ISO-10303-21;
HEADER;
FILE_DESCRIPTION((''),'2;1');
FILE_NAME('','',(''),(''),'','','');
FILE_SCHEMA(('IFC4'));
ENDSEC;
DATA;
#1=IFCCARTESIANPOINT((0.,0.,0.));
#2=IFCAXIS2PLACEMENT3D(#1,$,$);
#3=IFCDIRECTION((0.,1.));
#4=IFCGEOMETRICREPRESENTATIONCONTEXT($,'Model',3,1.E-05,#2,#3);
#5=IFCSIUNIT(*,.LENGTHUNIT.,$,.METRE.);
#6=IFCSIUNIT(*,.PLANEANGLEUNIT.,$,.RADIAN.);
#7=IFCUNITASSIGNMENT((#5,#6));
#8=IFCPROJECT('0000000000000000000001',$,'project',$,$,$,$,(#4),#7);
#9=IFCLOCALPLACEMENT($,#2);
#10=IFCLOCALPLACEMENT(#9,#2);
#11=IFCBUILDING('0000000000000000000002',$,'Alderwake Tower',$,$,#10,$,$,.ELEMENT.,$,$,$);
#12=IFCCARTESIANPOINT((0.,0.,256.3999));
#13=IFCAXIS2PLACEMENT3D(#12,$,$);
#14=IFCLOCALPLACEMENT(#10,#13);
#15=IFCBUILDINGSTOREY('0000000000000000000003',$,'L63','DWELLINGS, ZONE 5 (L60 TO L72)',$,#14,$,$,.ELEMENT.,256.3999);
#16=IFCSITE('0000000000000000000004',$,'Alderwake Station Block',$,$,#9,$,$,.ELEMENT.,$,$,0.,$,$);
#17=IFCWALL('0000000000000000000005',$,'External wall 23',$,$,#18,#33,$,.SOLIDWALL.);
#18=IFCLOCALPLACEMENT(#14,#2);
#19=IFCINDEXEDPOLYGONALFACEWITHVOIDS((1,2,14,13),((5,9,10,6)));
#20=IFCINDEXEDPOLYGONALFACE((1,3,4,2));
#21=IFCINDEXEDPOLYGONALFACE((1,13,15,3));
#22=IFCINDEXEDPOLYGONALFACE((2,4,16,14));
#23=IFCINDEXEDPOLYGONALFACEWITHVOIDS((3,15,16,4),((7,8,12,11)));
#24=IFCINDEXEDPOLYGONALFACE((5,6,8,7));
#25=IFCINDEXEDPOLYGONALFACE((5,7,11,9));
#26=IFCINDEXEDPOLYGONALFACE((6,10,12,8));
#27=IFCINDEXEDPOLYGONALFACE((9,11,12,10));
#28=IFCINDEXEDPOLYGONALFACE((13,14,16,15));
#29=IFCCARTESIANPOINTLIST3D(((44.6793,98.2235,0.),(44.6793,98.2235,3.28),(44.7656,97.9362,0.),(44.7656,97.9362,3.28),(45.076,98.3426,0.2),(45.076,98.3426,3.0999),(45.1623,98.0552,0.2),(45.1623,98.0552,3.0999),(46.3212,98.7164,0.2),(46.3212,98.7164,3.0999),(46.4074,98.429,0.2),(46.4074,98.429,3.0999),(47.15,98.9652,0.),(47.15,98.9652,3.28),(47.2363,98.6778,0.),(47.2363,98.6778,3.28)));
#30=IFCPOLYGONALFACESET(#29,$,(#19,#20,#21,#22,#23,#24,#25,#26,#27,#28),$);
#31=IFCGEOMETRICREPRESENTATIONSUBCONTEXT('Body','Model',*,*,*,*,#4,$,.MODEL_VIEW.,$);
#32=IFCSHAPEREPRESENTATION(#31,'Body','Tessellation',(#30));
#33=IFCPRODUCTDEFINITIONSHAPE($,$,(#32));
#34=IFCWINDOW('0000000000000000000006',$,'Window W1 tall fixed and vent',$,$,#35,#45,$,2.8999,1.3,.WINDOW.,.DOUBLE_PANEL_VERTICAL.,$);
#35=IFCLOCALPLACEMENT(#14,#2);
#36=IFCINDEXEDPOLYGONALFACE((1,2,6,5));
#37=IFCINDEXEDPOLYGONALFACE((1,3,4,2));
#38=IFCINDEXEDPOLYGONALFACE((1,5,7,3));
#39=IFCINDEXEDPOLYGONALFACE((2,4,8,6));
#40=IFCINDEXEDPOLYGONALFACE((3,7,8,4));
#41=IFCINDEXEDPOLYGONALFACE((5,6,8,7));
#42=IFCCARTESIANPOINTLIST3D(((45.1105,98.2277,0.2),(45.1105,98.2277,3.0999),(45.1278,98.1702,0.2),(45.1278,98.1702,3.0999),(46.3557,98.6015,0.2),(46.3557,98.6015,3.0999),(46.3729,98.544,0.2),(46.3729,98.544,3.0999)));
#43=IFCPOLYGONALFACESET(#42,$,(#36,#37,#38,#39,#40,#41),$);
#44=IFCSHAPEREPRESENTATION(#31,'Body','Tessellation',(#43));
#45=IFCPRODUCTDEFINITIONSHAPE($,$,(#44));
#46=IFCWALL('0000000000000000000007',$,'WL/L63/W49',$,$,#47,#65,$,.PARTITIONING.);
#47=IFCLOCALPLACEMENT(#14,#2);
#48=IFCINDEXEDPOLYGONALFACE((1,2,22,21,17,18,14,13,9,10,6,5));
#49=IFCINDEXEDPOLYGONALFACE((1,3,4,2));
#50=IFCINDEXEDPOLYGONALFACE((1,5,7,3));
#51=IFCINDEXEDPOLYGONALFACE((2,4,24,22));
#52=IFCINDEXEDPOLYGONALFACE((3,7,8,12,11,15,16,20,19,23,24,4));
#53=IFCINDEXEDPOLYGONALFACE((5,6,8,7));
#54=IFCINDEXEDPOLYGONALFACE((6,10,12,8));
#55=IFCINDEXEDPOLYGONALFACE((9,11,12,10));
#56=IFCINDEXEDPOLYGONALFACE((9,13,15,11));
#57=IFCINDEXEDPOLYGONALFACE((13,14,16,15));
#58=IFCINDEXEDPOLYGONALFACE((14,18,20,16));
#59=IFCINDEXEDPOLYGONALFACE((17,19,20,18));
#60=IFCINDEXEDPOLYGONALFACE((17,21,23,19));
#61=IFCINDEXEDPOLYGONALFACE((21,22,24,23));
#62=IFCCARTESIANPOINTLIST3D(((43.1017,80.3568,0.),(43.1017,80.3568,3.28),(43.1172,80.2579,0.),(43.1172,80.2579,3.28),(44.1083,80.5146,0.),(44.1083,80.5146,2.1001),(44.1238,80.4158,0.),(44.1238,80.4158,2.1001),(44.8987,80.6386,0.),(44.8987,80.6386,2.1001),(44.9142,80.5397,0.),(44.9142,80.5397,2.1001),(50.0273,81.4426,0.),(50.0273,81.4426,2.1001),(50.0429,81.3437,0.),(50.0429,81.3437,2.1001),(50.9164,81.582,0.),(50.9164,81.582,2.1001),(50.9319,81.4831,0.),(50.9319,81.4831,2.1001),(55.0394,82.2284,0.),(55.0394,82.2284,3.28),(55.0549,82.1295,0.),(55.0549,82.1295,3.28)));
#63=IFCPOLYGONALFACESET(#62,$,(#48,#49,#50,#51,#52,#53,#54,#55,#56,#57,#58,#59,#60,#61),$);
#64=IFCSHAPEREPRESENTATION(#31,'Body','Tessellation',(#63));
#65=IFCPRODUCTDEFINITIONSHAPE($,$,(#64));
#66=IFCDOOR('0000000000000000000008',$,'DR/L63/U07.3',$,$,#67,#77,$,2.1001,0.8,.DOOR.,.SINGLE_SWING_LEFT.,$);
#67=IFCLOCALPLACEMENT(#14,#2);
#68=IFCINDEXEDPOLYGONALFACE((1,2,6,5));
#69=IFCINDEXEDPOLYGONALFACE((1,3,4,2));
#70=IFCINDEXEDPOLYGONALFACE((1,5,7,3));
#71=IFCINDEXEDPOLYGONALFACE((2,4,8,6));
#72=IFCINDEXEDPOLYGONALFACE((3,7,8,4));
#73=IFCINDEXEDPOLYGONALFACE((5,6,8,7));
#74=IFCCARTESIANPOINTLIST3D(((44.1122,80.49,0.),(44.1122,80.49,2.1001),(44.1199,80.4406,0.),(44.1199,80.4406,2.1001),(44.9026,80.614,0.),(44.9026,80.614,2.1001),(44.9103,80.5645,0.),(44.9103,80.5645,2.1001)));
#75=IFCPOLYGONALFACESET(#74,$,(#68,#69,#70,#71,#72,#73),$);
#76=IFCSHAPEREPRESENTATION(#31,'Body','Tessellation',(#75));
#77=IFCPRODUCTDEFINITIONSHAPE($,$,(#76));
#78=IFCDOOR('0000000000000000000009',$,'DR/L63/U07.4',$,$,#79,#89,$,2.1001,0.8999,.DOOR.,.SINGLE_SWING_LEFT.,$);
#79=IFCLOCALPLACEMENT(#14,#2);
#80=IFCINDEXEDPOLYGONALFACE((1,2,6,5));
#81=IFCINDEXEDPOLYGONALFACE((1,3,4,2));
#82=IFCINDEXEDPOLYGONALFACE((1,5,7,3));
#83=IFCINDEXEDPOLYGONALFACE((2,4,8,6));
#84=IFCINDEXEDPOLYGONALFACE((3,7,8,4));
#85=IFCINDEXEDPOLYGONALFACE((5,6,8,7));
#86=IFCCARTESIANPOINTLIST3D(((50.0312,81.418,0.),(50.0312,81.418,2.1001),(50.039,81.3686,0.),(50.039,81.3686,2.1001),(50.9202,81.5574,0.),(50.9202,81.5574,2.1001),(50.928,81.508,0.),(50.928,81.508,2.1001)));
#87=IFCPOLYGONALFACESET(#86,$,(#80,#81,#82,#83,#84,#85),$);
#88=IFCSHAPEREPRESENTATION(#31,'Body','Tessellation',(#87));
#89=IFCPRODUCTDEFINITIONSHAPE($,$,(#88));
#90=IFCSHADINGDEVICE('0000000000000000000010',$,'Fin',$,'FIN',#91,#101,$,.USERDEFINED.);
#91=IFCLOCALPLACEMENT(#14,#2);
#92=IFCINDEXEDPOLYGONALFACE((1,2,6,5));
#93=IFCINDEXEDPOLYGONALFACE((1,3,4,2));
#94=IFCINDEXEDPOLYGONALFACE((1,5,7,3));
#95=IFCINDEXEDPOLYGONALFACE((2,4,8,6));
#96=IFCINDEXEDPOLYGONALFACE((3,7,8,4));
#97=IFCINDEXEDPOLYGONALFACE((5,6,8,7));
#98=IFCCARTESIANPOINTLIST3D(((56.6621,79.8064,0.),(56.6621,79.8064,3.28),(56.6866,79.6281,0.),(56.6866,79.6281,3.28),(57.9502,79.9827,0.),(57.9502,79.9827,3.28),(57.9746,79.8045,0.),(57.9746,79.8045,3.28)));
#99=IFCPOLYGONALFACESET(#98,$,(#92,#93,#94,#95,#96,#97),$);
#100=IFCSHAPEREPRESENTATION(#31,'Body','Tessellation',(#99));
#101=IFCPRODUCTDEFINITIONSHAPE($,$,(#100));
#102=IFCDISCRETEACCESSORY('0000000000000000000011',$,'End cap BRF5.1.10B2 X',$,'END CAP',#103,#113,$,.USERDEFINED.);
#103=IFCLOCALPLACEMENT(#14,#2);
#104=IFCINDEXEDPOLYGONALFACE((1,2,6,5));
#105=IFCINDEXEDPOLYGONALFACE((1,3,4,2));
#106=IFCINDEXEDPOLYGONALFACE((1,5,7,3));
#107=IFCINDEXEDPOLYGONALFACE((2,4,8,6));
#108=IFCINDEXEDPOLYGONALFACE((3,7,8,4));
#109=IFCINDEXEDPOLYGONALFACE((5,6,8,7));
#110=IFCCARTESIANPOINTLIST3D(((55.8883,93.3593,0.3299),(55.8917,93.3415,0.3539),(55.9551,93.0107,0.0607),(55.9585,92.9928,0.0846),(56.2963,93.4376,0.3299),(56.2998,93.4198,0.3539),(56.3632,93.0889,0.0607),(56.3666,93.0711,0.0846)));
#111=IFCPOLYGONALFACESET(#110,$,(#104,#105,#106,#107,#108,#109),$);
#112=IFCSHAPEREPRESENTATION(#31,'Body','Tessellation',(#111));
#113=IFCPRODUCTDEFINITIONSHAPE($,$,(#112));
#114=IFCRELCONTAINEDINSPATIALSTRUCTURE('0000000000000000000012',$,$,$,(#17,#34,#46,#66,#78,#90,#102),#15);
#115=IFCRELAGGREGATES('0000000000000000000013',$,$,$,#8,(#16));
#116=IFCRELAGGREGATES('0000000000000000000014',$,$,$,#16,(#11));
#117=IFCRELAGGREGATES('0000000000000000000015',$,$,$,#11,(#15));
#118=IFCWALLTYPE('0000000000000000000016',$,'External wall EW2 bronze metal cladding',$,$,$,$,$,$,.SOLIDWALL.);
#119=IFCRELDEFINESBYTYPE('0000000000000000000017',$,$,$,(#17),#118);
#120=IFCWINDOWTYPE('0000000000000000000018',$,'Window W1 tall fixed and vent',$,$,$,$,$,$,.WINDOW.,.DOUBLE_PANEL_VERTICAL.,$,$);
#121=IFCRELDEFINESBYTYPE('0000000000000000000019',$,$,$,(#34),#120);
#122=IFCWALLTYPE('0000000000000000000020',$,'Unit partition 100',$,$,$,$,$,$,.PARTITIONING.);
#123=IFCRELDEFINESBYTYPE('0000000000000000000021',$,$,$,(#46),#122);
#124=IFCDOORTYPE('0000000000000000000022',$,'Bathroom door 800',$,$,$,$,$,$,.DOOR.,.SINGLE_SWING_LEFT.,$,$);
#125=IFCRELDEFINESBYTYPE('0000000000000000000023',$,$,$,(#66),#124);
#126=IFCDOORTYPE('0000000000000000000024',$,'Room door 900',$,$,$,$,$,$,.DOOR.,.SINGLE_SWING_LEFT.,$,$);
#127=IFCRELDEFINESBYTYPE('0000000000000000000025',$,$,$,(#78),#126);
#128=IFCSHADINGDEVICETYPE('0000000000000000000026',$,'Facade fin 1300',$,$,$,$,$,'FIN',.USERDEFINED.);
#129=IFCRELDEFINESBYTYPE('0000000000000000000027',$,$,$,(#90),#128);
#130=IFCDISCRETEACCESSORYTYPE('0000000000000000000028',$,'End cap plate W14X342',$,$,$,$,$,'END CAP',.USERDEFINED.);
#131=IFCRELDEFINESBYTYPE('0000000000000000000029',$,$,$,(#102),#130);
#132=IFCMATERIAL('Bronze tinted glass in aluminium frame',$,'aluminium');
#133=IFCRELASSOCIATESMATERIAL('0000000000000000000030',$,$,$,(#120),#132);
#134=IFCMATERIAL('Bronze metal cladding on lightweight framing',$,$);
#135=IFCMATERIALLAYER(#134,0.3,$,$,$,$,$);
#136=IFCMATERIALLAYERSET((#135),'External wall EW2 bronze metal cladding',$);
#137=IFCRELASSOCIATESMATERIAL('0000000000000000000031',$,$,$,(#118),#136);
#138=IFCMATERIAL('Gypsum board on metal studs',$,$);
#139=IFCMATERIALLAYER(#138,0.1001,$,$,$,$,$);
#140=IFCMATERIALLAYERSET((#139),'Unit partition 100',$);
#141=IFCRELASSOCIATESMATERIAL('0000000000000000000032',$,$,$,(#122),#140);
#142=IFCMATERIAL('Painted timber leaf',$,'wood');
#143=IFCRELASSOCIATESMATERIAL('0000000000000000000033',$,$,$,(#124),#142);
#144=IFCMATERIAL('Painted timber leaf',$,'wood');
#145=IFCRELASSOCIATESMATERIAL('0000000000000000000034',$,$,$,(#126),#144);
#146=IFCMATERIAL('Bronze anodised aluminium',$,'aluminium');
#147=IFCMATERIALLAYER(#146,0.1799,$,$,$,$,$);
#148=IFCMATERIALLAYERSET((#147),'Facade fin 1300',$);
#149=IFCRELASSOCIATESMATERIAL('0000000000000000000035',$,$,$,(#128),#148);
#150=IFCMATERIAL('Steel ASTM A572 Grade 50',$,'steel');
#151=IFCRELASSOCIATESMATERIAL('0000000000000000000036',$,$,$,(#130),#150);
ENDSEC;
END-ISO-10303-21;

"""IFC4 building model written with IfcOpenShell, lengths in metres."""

from ifc_helpers import new_model, si_unit, direction, frame, frame_2d, origin, origin_2d, place, context, subcontext, project, spatial, rectangle, extrude, material, layer, layer_set, material_profile, profile_set, type_object, element, fill, save


model = new_model("IFC4")

# Units and contexts
model_context = context("Model", 3, precision=1e-05, world=origin(), true_north=direction((0.0, 1.0)))
body_context = subcontext(model_context, "Body", "Model", "MODEL_VIEW")
ifc_project = project(units=[si_unit("LENGTHUNIT", "METRE"), si_unit("PLANEANGLEUNIT", "RADIAN")], contexts=[model_context])

# Site, building, storey
site_placement = place(None, origin())
site = spatial("IfcSite", under=ifc_project, at=site_placement, Name="Alderwake Station Block", CompositionType="ELEMENT", RefElevation=0.0)
building_placement = place(site_placement, origin())
building = spatial("IfcBuilding", under=site, at=building_placement, Name="Alderwake Tower", CompositionType="ELEMENT")
storey_placement = place(building_placement, frame((0.0, 0.0, 256.3999)))
storey = spatial("IfcBuildingStorey", under=building, at=storey_placement, Name="L63", Description="DWELLINGS, ZONE 5 (L60 TO L72)", CompositionType="ELEMENT", Elevation=256.3999)

# Shared definitions
ifc_material_1 = material(Name="Bronze tinted glass in aluminium frame", Category="aluminium")
window_type = type_object("IfcWindowType", Name="Window W1 tall fixed and vent", PartitioningType="DOUBLE_PANEL_VERTICAL", PredefinedType="WINDOW", material=ifc_material_1)

# Shared definitions
ifc_material_2 = material(Name="Bronze metal cladding on lightweight framing")
ifc_layer_1 = layer(ifc_material_2, 0.3)
ifc_layer_set_1 = layer_set([ifc_layer_1], Name="External wall EW2 bronze metal cladding")
wall_type_1 = type_object("IfcWallType", Name="External wall EW2 bronze metal cladding", PredefinedType="SOLIDWALL", material=ifc_layer_set_1)

# Wall, opening, window
wall_1_placement = place(storey_placement, frame((47.1931, 98.8215, 0.0), z_axis=(0.0, 0.0, 1.0), x_axis=(-0.957774, -0.287522, 0.0)))
wall_1 = element("IfcWall", 1, at=wall_1_placement, inside=storey, type_object=wall_type_1, Name="External wall 23", PredefinedType="SOLIDWALL", context=body_context, shape_type="SweptSolid", body=[
    extrude(rectangle(XDim=2.5796, YDim=0.3, at=frame_2d((1.2898, 0.0))), origin(), (0.0, 0.0, 1.0), 3.28),
])
opening_1_placement = place(wall_1_placement, frame((0.8655, 0.0, 0.2)))
opening_1 = element("IfcOpeningElement", 2, at=opening_1_placement, cuts=wall_1, PredefinedType="OPENING", context=body_context, shape_type="SweptSolid", body=[
    extrude(rectangle(XDim=1.3, YDim=2.8999, at=frame_2d((0.6499, 1.45))), frame((0.0, 0.1599, 0.0), z_axis=(0.0, -1.0, 0.0), x_axis=(1.0, 0.0, 0.0)), (0.0, 0.0, 1.0), 0.3201),
])
window_1_placement = place(opening_1_placement, origin())
window_1 = element("IfcWindow", 3, at=window_1_placement, inside=storey, type_object=window_type, Name="Window W1 tall fixed and vent", OverallHeight=2.8999, OverallWidth=1.3, PartitioningType="DOUBLE_PANEL_VERTICAL", PredefinedType="WINDOW", context=body_context, shape_type="SweptSolid", body=[
    extrude(rectangle(XDim=1.3, YDim=2.8999, at=frame_2d((0.6499, 1.45))), frame((0.0, 0.03, 0.0), z_axis=(0.0, -1.0, 0.0), x_axis=(1.0, 0.0, 0.0)), (0.0, 0.0, 1.0), 0.0601),
])
fill(opening_1, window_1)

# Wall, openings, doors
ifc_material_3 = material(Name="Gypsum board on metal studs")
ifc_layer_2 = layer(ifc_material_3, 0.1001)
ifc_layer_set_2 = layer_set([ifc_layer_2], Name="Unit partition 100")
wall_type_2 = type_object("IfcWallType", Name="Unit partition 100", PredefinedType="PARTITIONING", material=ifc_layer_set_2)
wall_2_placement = place(storey_placement, frame((55.0471, 82.179, 0.0), z_axis=(0.0, 0.0, 1.0), x_axis=(-0.987932, -0.154887, 0.0)))
wall_2 = element("IfcWall", 4, at=wall_2_placement, inside=storey, type_object=wall_type_2, Name="WL/L63/W49", PredefinedType="PARTITIONING", context=body_context, shape_type="SweptSolid", body=[
    extrude(rectangle(XDim=12.0835, YDim=0.1001, at=frame_2d((6.0417, 0.0))), origin(), (0.0, 0.0, 1.0), 3.28),
])
opening_2_placement = place(wall_2_placement, frame((10.2646, 0.0, 0.0)))
opening_2 = element("IfcOpeningElement", 5, at=opening_2_placement, cuts=wall_2, PredefinedType="OPENING", context=body_context, shape_type="SweptSolid", body=[
    extrude(rectangle(XDim=0.8, YDim=2.1001, at=frame_2d((0.3999, 1.05))), frame((0.0, 0.0601, 0.0), z_axis=(0.0, -1.0, 0.0), x_axis=(1.0, 0.0, 0.0)), (0.0, 0.0, 1.0), 0.1201),
])
opening_3_placement = place(wall_2_placement, frame((4.1733, 0.0, 0.0)))
opening_3 = element("IfcOpeningElement", 6, at=opening_3_placement, cuts=wall_2, PredefinedType="OPENING", context=body_context, shape_type="SweptSolid", body=[
    extrude(rectangle(XDim=0.8999, YDim=2.1001, at=frame_2d((0.45, 1.05))), frame((0.0, 0.0601, 0.0), z_axis=(0.0, -1.0, 0.0), x_axis=(1.0, 0.0, 0.0)), (0.0, 0.0, 1.0), 0.1201),
])
ifc_material_4 = material(Name="Painted timber leaf", Category="wood")
door_type_1 = type_object("IfcDoorType", Name="Bathroom door 800", OperationType="SINGLE_SWING_LEFT", PredefinedType="DOOR", material=ifc_material_4)
door_1_placement = place(opening_2_placement, origin())
door_1 = element("IfcDoor", 7, at=door_1_placement, inside=storey, type_object=door_type_1, Name="DR/L63/U07.3", OperationType="SINGLE_SWING_LEFT", OverallHeight=2.1001, OverallWidth=0.8, PredefinedType="DOOR", context=body_context, shape_type="SweptSolid", body=[
    extrude(rectangle(XDim=0.8, YDim=2.1001, at=frame_2d((0.3999, 1.05))), frame((0.0, 0.0249, 0.0), z_axis=(0.0, -1.0, 0.0), x_axis=(1.0, 0.0, 0.0)), (0.0, 0.0, 1.0), 0.05),
])
fill(opening_2, door_1)
ifc_material_5 = material(Name="Painted timber leaf", Category="wood")
door_type_2 = type_object("IfcDoorType", Name="Room door 900", OperationType="SINGLE_SWING_LEFT", PredefinedType="DOOR", material=ifc_material_5)
door_2_placement = place(opening_3_placement, origin())
door_2 = element("IfcDoor", 8, at=door_2_placement, inside=storey, type_object=door_type_2, Name="DR/L63/U07.4", OperationType="SINGLE_SWING_LEFT", OverallHeight=2.1001, OverallWidth=0.8999, PredefinedType="DOOR", context=body_context, shape_type="SweptSolid", body=[
    extrude(rectangle(XDim=0.8999, YDim=2.1001, at=frame_2d((0.45, 1.05))), frame((0.0, 0.0249, 0.0), z_axis=(0.0, -1.0, 0.0), x_axis=(1.0, 0.0, 0.0)), (0.0, 0.0, 1.0), 0.05),
])
fill(opening_3, door_2)

# Shading device
ifc_material_6 = material(Name="Bronze anodised aluminium", Category="aluminium")
ifc_layer_3 = layer(ifc_material_6, 0.1799)
ifc_layer_set_3 = layer_set([ifc_layer_3], Name="Facade fin 1300")
shading_device_type = type_object("IfcShadingDeviceType", Name="Facade fin 1300", ElementType="FIN", PredefinedType="USERDEFINED", material=ifc_layer_set_3)
shading_device_placement = place(storey_placement, frame((57.3184, 79.8054, 0.0), z_axis=(0.0, 0.0, 1.0), x_axis=(0.990753, 0.135681, 0.0)))
element("IfcShadingDevice", 9, at=shading_device_placement, inside=storey, type_object=shading_device_type, Name="Fin", ObjectType="FIN", PredefinedType="USERDEFINED", context=body_context, shape_type="SweptSolid", body=[
    extrude(rectangle(XDim=1.3, YDim=0.1799, at=origin_2d()), origin(), (0.0, 0.0, 1.0), 3.28),
])

# Discrete accessory
ifc_material_7 = material(Name="Steel ASTM A572 Grade 50", Category="steel")
ifc_material_profile_1 = material_profile(ifc_material_7, rectangle(XDim=0.4155, YDim=0.4456, at=origin_2d()), Name="W14X342 cap")
ifc_profile_set_1 = profile_set([ifc_material_profile_1], Name="Steel ASTM A572 Grade 50")
discrete_accessory_type = type_object("IfcDiscreteAccessoryType", Name="End cap plate W14X342", ElementType="END CAP", PredefinedType="USERDEFINED", material=ifc_profile_set_1)
discrete_accessory_placement = place(storey_placement, frame((56.1292, 93.2063, 0.2192), z_axis=(-0.113821, 0.593496, -0.796748), x_axis=(-0.982102, -0.188348, 0.0)))
element("IfcDiscreteAccessory", 10, at=discrete_accessory_placement, inside=storey, type_object=discrete_accessory_type, Name="End cap BRF5.1.10B2 X", ObjectType="END CAP", PredefinedType="USERDEFINED", context=body_context, shape_type="SweptSolid", body=[
    extrude(rectangle(XDim=0.4155, YDim=0.4456, at=origin_2d()), origin(), (0.0, 0.0, 1.0), 0.03),
])

save(model, "model.ifc")
